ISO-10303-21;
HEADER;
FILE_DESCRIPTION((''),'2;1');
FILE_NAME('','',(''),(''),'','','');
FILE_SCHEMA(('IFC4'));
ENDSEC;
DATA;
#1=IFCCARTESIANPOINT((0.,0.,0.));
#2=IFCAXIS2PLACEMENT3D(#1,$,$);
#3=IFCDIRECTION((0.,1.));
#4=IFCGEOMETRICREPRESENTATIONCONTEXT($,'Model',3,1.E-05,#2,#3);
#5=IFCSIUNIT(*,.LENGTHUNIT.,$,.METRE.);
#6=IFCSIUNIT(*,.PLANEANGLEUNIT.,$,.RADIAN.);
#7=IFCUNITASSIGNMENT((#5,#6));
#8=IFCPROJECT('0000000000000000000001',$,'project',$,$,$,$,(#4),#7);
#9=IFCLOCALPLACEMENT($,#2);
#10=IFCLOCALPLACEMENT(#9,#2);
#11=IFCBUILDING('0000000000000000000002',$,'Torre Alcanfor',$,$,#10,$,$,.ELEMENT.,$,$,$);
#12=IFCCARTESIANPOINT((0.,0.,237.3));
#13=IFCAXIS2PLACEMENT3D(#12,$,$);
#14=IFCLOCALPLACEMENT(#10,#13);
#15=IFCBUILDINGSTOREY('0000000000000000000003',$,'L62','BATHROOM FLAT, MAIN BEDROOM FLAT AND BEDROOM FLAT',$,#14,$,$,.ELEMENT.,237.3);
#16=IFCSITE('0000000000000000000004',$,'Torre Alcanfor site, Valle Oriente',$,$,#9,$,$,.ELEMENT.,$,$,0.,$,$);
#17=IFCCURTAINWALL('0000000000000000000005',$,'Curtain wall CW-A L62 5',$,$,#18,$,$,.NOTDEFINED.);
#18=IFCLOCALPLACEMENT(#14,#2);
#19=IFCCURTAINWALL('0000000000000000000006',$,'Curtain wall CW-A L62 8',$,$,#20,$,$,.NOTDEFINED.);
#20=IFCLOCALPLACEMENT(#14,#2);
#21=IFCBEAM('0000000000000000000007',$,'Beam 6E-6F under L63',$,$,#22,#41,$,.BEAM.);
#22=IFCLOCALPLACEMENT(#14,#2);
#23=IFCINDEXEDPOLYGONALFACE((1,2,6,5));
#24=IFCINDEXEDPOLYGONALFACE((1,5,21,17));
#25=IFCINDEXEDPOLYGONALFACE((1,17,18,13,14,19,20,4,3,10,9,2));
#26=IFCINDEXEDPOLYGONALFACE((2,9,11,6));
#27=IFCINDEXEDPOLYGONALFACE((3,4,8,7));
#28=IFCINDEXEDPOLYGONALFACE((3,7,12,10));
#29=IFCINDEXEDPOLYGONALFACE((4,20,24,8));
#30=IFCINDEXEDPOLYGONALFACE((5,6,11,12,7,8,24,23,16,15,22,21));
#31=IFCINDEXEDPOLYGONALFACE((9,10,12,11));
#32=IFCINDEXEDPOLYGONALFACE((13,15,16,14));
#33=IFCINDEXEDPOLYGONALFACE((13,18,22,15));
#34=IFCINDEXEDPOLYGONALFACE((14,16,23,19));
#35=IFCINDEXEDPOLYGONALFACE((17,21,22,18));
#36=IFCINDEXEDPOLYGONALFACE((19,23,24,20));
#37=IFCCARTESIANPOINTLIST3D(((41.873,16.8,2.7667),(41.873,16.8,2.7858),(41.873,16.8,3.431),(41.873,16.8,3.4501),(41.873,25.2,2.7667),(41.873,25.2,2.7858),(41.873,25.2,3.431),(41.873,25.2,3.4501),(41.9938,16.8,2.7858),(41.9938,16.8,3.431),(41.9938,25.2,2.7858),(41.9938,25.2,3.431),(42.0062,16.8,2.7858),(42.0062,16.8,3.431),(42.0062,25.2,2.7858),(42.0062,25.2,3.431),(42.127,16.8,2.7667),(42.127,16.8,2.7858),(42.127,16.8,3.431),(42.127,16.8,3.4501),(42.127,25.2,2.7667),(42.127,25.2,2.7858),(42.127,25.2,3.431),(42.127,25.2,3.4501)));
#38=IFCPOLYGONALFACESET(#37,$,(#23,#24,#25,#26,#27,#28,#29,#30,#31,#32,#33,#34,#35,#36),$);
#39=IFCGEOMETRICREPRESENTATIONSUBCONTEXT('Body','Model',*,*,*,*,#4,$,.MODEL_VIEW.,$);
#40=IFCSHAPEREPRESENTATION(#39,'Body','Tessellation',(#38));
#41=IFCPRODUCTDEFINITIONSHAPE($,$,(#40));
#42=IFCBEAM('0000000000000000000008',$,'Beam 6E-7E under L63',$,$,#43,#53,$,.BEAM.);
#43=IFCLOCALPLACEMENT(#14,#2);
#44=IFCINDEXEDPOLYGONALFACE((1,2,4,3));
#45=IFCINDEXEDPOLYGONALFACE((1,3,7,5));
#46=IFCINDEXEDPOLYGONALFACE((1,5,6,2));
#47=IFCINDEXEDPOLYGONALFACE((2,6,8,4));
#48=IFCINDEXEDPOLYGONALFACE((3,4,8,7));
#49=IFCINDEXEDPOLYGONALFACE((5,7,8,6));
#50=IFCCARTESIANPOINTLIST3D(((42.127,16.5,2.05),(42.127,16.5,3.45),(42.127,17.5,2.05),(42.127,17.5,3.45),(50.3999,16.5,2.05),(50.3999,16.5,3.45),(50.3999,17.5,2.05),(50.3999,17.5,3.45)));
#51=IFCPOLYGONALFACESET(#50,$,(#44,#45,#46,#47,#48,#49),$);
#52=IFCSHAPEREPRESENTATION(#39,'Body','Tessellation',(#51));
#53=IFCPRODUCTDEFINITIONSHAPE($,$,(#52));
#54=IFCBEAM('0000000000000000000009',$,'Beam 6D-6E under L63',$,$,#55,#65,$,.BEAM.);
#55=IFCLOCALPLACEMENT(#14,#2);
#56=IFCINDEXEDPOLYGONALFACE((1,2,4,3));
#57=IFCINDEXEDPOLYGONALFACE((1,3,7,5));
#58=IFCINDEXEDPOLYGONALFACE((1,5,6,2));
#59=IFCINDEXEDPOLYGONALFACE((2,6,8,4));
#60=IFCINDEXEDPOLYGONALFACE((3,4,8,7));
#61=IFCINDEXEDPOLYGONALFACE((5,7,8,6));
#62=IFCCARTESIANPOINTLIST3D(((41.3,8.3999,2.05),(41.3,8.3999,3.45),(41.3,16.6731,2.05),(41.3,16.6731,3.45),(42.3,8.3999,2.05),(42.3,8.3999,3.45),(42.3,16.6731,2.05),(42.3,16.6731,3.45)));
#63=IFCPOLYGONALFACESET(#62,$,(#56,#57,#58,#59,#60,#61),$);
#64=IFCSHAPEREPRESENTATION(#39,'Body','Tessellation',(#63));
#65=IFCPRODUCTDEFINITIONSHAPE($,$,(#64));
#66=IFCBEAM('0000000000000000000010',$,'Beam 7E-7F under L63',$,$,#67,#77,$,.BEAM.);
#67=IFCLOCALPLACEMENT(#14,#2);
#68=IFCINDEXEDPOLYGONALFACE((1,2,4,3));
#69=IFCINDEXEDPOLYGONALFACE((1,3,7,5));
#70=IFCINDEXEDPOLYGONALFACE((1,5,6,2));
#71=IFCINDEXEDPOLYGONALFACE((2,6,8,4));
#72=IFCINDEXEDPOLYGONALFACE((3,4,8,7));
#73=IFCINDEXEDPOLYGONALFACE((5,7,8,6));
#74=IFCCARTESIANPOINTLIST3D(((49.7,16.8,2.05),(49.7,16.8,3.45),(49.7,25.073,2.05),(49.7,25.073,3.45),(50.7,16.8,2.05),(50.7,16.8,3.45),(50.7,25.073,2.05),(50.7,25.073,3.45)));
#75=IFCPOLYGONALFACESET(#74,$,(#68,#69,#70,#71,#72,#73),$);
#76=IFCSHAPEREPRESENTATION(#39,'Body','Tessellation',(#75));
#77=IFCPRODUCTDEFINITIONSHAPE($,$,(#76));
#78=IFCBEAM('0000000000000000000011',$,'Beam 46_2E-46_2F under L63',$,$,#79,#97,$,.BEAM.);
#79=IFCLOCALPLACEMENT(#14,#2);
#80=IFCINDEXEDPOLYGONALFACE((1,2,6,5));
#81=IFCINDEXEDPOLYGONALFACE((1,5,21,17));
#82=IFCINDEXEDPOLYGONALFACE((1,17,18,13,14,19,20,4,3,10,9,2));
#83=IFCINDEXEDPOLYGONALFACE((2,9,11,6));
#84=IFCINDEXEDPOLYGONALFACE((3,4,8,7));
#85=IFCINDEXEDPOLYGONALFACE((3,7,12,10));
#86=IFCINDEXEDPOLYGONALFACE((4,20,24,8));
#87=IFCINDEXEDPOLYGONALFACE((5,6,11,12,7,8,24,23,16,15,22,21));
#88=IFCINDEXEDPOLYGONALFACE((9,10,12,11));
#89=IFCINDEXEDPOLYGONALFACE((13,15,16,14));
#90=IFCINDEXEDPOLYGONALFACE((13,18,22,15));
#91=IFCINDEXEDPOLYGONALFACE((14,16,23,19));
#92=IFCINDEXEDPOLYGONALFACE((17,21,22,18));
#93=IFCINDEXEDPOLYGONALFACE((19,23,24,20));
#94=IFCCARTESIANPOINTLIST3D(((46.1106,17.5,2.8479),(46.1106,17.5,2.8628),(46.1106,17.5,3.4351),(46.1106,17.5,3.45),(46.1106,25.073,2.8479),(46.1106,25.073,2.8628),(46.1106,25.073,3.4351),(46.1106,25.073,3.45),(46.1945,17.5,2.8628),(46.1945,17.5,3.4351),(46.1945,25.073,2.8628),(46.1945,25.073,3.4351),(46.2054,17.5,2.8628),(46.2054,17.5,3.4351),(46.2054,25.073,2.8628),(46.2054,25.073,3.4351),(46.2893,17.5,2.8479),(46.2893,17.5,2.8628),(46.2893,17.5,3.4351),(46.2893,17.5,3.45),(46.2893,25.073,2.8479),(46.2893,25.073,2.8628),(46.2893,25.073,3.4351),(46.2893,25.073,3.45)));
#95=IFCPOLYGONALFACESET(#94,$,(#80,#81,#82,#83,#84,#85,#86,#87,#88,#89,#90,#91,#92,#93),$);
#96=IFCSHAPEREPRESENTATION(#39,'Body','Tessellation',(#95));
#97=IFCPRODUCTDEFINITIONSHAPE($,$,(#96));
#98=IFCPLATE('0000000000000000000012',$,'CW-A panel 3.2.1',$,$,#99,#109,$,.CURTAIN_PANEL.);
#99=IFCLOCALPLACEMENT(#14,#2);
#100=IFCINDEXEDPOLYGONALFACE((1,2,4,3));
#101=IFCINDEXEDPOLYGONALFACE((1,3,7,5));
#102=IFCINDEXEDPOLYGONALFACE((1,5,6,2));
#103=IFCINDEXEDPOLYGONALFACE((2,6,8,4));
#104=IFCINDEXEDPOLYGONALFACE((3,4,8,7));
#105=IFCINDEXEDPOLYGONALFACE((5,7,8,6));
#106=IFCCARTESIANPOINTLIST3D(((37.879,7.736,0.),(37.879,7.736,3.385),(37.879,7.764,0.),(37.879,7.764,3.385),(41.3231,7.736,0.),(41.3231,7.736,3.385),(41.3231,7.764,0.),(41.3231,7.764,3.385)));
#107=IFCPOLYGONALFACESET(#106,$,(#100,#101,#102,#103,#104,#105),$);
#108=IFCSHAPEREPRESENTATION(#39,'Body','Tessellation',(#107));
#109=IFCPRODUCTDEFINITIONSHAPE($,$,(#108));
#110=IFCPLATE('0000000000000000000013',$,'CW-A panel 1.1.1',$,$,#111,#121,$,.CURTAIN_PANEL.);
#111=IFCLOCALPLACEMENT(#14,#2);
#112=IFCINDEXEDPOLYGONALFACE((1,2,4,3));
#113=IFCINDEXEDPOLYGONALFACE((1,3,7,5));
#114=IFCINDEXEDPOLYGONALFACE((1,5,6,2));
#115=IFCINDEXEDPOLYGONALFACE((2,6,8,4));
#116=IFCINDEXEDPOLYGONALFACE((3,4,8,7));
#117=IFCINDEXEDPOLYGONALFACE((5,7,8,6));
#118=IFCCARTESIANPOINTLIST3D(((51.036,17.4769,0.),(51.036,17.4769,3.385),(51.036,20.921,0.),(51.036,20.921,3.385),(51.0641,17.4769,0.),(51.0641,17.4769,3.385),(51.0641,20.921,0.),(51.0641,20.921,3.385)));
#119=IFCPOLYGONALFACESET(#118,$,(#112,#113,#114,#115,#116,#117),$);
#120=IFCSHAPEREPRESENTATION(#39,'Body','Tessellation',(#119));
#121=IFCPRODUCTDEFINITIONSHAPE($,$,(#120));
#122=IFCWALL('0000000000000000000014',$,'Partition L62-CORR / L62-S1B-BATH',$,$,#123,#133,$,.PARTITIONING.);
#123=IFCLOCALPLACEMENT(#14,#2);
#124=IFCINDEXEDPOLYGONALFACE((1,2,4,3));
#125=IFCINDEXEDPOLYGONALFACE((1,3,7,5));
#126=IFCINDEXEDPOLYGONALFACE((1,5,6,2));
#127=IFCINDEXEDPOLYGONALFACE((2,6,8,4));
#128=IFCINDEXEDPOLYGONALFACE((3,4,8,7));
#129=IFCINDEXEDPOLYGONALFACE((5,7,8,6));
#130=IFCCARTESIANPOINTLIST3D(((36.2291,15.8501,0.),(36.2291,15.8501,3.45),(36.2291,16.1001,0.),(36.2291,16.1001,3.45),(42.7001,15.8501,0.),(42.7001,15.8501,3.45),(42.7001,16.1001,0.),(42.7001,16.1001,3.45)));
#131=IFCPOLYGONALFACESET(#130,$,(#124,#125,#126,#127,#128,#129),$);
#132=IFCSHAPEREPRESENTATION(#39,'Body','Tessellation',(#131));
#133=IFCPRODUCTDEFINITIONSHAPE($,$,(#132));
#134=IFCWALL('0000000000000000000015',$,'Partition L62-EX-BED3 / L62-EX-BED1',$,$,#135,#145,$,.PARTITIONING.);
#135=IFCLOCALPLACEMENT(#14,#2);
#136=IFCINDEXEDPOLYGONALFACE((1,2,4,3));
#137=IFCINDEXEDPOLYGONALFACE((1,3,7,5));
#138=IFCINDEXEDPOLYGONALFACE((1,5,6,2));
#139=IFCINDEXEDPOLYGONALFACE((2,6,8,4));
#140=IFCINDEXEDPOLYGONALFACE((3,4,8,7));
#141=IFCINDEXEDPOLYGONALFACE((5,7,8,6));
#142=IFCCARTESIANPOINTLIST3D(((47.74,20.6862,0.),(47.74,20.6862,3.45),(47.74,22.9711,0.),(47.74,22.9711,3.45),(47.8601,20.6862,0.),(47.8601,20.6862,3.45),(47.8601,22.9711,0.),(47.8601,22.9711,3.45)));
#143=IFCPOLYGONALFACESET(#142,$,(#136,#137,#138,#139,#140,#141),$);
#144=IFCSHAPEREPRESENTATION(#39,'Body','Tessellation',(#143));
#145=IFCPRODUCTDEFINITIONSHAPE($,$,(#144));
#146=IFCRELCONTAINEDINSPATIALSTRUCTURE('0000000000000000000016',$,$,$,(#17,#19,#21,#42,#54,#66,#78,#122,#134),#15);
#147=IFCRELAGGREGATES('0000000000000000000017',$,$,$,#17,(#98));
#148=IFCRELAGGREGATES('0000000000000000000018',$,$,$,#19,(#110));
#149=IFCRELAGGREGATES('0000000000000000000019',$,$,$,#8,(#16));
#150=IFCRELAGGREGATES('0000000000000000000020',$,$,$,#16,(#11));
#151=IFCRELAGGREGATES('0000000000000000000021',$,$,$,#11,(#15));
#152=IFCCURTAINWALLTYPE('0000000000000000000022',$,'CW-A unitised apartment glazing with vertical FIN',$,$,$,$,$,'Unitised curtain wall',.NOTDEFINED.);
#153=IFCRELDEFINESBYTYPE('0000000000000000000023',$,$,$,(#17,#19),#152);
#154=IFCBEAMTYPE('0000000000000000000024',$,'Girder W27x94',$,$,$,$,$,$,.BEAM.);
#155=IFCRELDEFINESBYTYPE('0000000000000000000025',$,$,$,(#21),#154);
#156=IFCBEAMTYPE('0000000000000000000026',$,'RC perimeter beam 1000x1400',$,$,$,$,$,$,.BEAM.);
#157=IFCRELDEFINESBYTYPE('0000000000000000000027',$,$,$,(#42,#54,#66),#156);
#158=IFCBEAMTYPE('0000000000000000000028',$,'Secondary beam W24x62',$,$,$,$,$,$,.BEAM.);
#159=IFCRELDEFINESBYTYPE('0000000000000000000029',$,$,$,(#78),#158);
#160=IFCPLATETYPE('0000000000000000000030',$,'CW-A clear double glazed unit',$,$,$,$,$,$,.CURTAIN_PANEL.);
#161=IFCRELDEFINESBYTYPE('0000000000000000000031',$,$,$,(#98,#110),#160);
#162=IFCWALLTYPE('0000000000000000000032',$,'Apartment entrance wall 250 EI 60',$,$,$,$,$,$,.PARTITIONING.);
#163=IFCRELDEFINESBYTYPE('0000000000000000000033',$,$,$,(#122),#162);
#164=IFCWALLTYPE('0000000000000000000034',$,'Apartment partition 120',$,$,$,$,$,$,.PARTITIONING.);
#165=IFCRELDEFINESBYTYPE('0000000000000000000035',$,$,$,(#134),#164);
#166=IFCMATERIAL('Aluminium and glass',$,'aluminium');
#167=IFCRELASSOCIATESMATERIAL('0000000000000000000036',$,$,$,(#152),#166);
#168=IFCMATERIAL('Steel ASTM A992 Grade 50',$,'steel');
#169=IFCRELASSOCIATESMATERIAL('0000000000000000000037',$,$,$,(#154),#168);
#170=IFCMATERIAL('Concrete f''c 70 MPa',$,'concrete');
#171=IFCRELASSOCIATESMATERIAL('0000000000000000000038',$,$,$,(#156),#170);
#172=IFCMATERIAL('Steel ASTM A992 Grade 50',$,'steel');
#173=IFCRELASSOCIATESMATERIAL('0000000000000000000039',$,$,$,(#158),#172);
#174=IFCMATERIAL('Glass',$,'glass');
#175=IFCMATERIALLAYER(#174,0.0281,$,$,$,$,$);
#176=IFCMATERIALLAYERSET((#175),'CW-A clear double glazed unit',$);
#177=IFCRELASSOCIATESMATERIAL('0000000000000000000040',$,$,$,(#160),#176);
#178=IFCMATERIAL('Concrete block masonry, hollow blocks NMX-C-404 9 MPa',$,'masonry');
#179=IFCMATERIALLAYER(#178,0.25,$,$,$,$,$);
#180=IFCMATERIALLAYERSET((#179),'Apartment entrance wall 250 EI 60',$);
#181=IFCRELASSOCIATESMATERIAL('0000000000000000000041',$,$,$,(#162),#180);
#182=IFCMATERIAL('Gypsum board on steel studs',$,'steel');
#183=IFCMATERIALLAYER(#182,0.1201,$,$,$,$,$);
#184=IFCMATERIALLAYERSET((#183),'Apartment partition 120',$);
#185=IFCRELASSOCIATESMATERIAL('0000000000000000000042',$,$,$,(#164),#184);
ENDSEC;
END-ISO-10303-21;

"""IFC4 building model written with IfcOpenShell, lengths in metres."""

from ifc_helpers import new_model, si_unit, direction, frame, frame_2d, origin, origin_2d, place, context, subcontext, project, spatial, rectangle, i_section, extrude, material, layer, layer_set, material_profile, profile_set, type_object, element, aggregate, save


model = new_model("IFC4")

# Units and contexts
model_context = context("Model", 3, precision=1e-05, world=origin(), true_north=direction((0.0, 1.0)))
body_context = subcontext(model_context, "Body", "Model", "MODEL_VIEW")
ifc_project = project(units=[si_unit("LENGTHUNIT", "METRE"), si_unit("PLANEANGLEUNIT", "RADIAN")], contexts=[model_context])

# Site, building, storey
site_placement = place(None, origin())
site = spatial("IfcSite", under=ifc_project, at=site_placement, Name="Torre Alcanfor site, Valle Oriente", CompositionType="ELEMENT", RefElevation=0.0)
building_placement = place(site_placement, origin())
building = spatial("IfcBuilding", under=site, at=building_placement, Name="Torre Alcanfor", CompositionType="ELEMENT")
storey_placement = place(building_placement, frame((0.0, 0.0, 237.3)))
storey = spatial("IfcBuildingStorey", under=building, at=storey_placement, Name="L62", Description="BATHROOM FLAT, MAIN BEDROOM FLAT AND BEDROOM FLAT", CompositionType="ELEMENT", Elevation=237.3)

# Curtain walls
ifc_material_1 = material(Name="Aluminium and glass", Category="aluminium")
curtain_wall_type = type_object("IfcCurtainWallType", Name="CW-A unitised apartment glazing with vertical FIN", ElementType="Unitised curtain wall", PredefinedType="NOTDEFINED", material=ifc_material_1)
curtain_wall_1_placement = place(storey_placement, origin())
curtain_wall_1 = element("IfcCurtainWall", 1, at=curtain_wall_1_placement, inside=storey, type_object=curtain_wall_type, Name="Curtain wall CW-A L62 5", PredefinedType="NOTDEFINED")
curtain_wall_2_placement = place(storey_placement, origin())
curtain_wall_2 = element("IfcCurtainWall", 2, at=curtain_wall_2_placement, inside=storey, type_object=curtain_wall_type, Name="Curtain wall CW-A L62 8", PredefinedType="NOTDEFINED")

# Beams
ifc_material_2 = material(Name="Steel ASTM A992 Grade 50", Category="steel")
ifc_material_profile_1 = material_profile(ifc_material_2, i_section(OverallWidth=0.2539, OverallDepth=0.6833, WebThickness=0.0125, FlangeThickness=0.019, at=origin_2d()), Name="W27x94")
ifc_profile_set_1 = profile_set([ifc_material_profile_1], Name="Steel ASTM A992 Grade 50")
beam_type_1 = type_object("IfcBeamType", Name="Girder W27x94", PredefinedType="BEAM", material=ifc_profile_set_1)
beam_1_placement = place(storey_placement, frame((42.0, 16.8, 3.1084), z_axis=(0.0, 1.0, 0.0), x_axis=(-1.0, 0.0, 0.0)))
element("IfcBeam", 3, at=beam_1_placement, inside=storey, type_object=beam_type_1, Name="Beam 6E-6F under L63", PredefinedType="BEAM", context=body_context, shape_type="SweptSolid", body=[
    extrude(i_section(OverallWidth=0.2539, OverallDepth=0.6833, WebThickness=0.0125, FlangeThickness=0.019, at=origin_2d()), origin(), (0.0, 0.0, 1.0), 8.3999),
])
ifc_material_3 = material(Name="Concrete f'c 70 MPa", Category="concrete")
ifc_material_profile_2 = material_profile(ifc_material_3, rectangle(XDim=1.0, YDim=1.3999, at=origin_2d()), Name="1000x1400")
ifc_profile_set_2 = profile_set([ifc_material_profile_2], Name="Concrete f'c 70 MPa")
beam_type_2 = type_object("IfcBeamType", Name="RC perimeter beam 1000x1400", PredefinedType="BEAM", material=ifc_profile_set_2)
beam_2_placement = place(storey_placement, frame((42.127, 17.0, 2.75), z_axis=(1.0, 0.0, 0.0), x_axis=(0.0, 1.0, 0.0)))
element("IfcBeam", 4, at=beam_2_placement, inside=storey, type_object=beam_type_2, Name="Beam 6E-7E under L63", PredefinedType="BEAM", context=body_context, shape_type="SweptSolid", body=[
    extrude(rectangle(XDim=1.0, YDim=1.3999, at=origin_2d()), origin(), (0.0, 0.0, 1.0), 8.2729),
])
beam_3_placement = place(storey_placement, frame((41.8, 8.3999, 2.75), z_axis=(0.0, 1.0, 0.0), x_axis=(-1.0, 0.0, 0.0)))
element("IfcBeam", 5, at=beam_3_placement, inside=storey, type_object=beam_type_2, Name="Beam 6D-6E under L63", PredefinedType="BEAM", context=body_context, shape_type="SweptSolid", body=[
    extrude(rectangle(XDim=1.0, YDim=1.3999, at=origin_2d()), origin(), (0.0, 0.0, 1.0), 8.2732),
])
beam_4_placement = place(storey_placement, frame((50.2, 16.8, 2.75), z_axis=(0.0, 1.0, 0.0), x_axis=(-1.0, 0.0, 0.0)))
element("IfcBeam", 6, at=beam_4_placement, inside=storey, type_object=beam_type_2, Name="Beam 7E-7F under L63", PredefinedType="BEAM", context=body_context, shape_type="SweptSolid", body=[
    extrude(rectangle(XDim=1.0, YDim=1.3999, at=origin_2d()), origin(), (0.0, 0.0, 1.0), 8.2729),
])
ifc_material_4 = material(Name="Steel ASTM A992 Grade 50", Category="steel")
ifc_material_profile_3 = material_profile(ifc_material_4, i_section(OverallWidth=0.1787, OverallDepth=0.6021, WebThickness=0.011, FlangeThickness=0.0149, at=origin_2d()), Name="W24x62")
ifc_profile_set_3 = profile_set([ifc_material_profile_3], Name="Steel ASTM A992 Grade 50")
beam_type_3 = type_object("IfcBeamType", Name="Secondary beam W24x62", PredefinedType="BEAM", material=ifc_profile_set_3)
beam_5_placement = place(storey_placement, frame((46.2, 17.5, 3.1489), z_axis=(0.0, 1.0, 0.0), x_axis=(-1.0, 0.0, 0.0)))
element("IfcBeam", 7, at=beam_5_placement, inside=storey, type_object=beam_type_3, Name="Beam 46_2E-46_2F under L63", PredefinedType="BEAM", context=body_context, shape_type="SweptSolid", body=[
    extrude(i_section(OverallWidth=0.1787, OverallDepth=0.6021, WebThickness=0.011, FlangeThickness=0.0149, at=origin_2d()), origin(), (0.0, 0.0, 1.0), 7.573),
])

# Plates
ifc_material_5 = material(Name="Glass", Category="glass")
ifc_layer_1 = layer(ifc_material_5, 0.0281)
ifc_layer_set_1 = layer_set([ifc_layer_1], Name="CW-A clear double glazed unit")
plate_type = type_object("IfcPlateType", Name="CW-A clear double glazed unit", PredefinedType="CURTAIN_PANEL", material=ifc_layer_set_1)
plate_1_placement = place(storey_placement, frame((39.6011, 7.75, 0.0), z_axis=(0.0, 0.0, 1.0), x_axis=(1.0, 0.0, 0.0)))
plate_1 = element("IfcPlate", 8, at=plate_1_placement, type_object=plate_type, Name="CW-A panel 3.2.1", PredefinedType="CURTAIN_PANEL", context=body_context, shape_type="SweptSolid", body=[
    extrude(rectangle(XDim=3.4441, YDim=0.0281, at=origin_2d()), origin(), (0.0, 0.0, 1.0), 3.385),
])
aggregate(curtain_wall_1, [plate_1])
plate_2_placement = place(storey_placement, frame((51.05, 19.199, 0.0), z_axis=(0.0, 0.0, 1.0), x_axis=(0.0, 1.0, 0.0)))
plate_2 = element("IfcPlate", 9, at=plate_2_placement, type_object=plate_type, Name="CW-A panel 1.1.1", PredefinedType="CURTAIN_PANEL", context=body_context, shape_type="SweptSolid", body=[
    extrude(rectangle(XDim=3.4441, YDim=0.0281, at=origin_2d()), origin(), (0.0, 0.0, 1.0), 3.385),
])
aggregate(curtain_wall_2, [plate_2])

# Walls
ifc_material_6 = material(Name="Concrete block masonry, hollow blocks NMX-C-404 9 MPa", Category="masonry")
ifc_layer_2 = layer(ifc_material_6, 0.25)
ifc_layer_set_2 = layer_set([ifc_layer_2], Name="Apartment entrance wall 250 EI 60")
wall_type_1 = type_object("IfcWallType", Name="Apartment entrance wall 250 EI 60", PredefinedType="PARTITIONING", material=ifc_layer_set_2)
wall_1_placement = place(storey_placement, frame((42.7, 15.9751, 0.0), z_axis=(0.0, 0.0, 1.0), x_axis=(-1.0, 0.0, 0.0)))
element("IfcWall", 10, at=wall_1_placement, inside=storey, type_object=wall_type_1, Name="Partition L62-CORR / L62-S1B-BATH", PredefinedType="PARTITIONING", context=body_context, shape_type="SweptSolid", body=[
    extrude(rectangle(XDim=6.4709, YDim=0.25, at=frame_2d((3.2354, 0.0))), origin(), (0.0, 0.0, 1.0), 3.45),
])
ifc_material_7 = material(Name="Gypsum board on steel studs", Category="steel")
ifc_layer_3 = layer(ifc_material_7, 0.1201)
ifc_layer_set_3 = layer_set([ifc_layer_3], Name="Apartment partition 120")
wall_type_2 = type_object("IfcWallType", Name="Apartment partition 120", PredefinedType="PARTITIONING", material=ifc_layer_set_3)
wall_2_placement = place(storey_placement, frame((47.8, 20.686, 0.0), z_axis=(0.0, 0.0, 1.0), x_axis=(0.0, 1.0, 0.0)))
element("IfcWall", 11, at=wall_2_placement, inside=storey, type_object=wall_type_2, Name="Partition L62-EX-BED3 / L62-EX-BED1", PredefinedType="PARTITIONING", context=body_context, shape_type="SweptSolid", body=[
    extrude(rectangle(XDim=2.2849, YDim=0.1201, at=frame_2d((1.1426, 0.0))), origin(), (0.0, 0.0, 1.0), 3.45),
])

save(model, "model.ifc")
